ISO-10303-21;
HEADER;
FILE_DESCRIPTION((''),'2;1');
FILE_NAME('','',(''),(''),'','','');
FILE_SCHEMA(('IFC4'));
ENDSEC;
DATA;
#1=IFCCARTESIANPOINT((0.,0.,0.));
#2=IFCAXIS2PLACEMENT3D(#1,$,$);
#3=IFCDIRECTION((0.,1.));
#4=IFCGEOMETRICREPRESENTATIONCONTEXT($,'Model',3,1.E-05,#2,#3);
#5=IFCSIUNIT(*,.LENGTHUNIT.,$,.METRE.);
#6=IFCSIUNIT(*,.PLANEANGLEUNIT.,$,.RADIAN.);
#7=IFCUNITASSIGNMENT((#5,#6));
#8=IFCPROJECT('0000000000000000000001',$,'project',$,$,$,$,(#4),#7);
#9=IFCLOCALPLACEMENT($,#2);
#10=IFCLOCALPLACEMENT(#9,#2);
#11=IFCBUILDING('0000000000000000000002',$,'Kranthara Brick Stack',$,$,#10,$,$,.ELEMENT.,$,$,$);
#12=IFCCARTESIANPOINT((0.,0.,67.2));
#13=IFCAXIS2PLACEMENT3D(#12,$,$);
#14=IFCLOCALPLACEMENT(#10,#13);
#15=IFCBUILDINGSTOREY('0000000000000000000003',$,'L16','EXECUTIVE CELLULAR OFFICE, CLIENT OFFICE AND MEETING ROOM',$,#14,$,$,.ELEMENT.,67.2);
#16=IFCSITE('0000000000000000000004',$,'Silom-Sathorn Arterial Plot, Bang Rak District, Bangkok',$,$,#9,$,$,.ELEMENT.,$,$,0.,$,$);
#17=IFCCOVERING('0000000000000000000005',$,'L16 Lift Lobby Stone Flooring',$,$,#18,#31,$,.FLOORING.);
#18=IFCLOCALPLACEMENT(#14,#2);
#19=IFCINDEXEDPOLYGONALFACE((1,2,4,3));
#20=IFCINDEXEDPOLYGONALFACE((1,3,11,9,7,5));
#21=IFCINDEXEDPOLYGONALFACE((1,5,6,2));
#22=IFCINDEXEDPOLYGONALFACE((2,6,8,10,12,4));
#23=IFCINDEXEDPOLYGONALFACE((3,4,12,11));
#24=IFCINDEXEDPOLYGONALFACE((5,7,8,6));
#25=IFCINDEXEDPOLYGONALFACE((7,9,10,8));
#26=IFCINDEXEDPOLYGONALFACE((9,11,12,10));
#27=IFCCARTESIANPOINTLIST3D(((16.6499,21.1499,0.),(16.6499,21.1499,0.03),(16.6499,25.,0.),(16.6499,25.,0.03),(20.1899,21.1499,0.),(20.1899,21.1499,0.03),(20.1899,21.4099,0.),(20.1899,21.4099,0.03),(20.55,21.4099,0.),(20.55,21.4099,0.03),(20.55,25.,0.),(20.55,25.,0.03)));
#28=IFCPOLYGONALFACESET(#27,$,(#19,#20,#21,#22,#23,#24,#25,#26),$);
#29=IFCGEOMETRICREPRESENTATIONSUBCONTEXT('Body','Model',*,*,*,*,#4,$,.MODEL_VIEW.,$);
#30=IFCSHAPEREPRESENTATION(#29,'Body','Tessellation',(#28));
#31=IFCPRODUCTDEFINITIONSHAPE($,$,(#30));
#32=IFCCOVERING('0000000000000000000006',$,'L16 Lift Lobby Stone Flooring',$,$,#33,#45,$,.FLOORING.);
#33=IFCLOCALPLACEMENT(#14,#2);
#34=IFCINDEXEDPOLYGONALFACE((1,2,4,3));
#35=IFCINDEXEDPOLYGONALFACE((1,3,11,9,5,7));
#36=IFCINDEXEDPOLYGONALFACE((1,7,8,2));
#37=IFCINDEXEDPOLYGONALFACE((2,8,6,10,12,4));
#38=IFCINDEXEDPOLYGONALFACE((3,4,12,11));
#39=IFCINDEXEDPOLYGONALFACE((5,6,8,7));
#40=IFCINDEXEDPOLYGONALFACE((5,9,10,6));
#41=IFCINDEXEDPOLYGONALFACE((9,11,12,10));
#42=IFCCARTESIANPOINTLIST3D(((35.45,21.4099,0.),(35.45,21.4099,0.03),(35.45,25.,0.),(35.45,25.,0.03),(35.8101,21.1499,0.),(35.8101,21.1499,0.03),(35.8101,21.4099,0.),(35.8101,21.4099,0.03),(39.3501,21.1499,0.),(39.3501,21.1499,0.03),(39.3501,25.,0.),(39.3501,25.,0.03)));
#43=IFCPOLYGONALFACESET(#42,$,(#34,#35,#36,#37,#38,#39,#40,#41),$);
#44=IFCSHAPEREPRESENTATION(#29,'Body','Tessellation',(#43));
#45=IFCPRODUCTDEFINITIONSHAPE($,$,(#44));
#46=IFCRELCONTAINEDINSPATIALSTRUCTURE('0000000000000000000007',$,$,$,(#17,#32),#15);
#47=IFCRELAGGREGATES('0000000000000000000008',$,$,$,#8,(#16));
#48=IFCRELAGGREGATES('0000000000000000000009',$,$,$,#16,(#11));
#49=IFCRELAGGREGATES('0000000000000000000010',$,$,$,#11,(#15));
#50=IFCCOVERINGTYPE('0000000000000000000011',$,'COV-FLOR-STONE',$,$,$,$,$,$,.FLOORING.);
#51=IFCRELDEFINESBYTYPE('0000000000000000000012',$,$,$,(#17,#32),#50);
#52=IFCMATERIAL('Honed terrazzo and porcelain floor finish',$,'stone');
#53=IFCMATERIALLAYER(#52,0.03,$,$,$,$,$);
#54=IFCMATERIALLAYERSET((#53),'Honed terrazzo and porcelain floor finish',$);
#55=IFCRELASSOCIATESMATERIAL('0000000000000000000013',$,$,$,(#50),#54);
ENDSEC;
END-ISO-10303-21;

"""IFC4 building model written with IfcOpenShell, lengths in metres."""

from ifc_helpers import new_model, si_unit, direction, frame, origin, place, context, subcontext, project, spatial, polyline, outline, extrude, material, layer, layer_set, type_object, element, save


model = new_model("IFC4")

# Units and contexts
model_context = context("Model", 3, precision=1e-05, world=origin(), true_north=direction((0.0, 1.0)))
body_context = subcontext(model_context, "Body", "Model", "MODEL_VIEW")
ifc_project = project(units=[si_unit("LENGTHUNIT", "METRE"), si_unit("PLANEANGLEUNIT", "RADIAN")], contexts=[model_context])

# Site, building, storey
site_placement = place(None, origin())
site = spatial("IfcSite", under=ifc_project, at=site_placement, Name="Silom-Sathorn Arterial Plot, Bang Rak District, Bangkok", CompositionType="ELEMENT", RefElevation=0.0)
building_placement = place(site_placement, origin())
building = spatial("IfcBuilding", under=site, at=building_placement, Name="Kranthara Brick Stack", CompositionType="ELEMENT")
storey_placement = place(building_placement, frame((0.0, 0.0, 67.2)))
storey = spatial("IfcBuildingStorey", under=building, at=storey_placement, Name="L16", Description="EXECUTIVE CELLULAR OFFICE, CLIENT OFFICE AND MEETING ROOM", CompositionType="ELEMENT", Elevation=67.2)

# Coverings
ifc_material_1 = material(Name="Honed terrazzo and porcelain floor finish", Category="stone")
ifc_layer_1 = layer(ifc_material_1, 0.03)
ifc_layer_set_1 = layer_set([ifc_layer_1], Name="Honed terrazzo and porcelain floor finish")
covering_type_1 = type_object("IfcCoveringType", Name="COV-FLOR-STONE", PredefinedType="FLOORING", material=ifc_layer_set_1)
covering_1_placement = place(storey_placement, origin())
element("IfcCovering", 1, at=covering_1_placement, inside=storey, type_object=covering_type_1, Name="L16 Lift Lobby Stone Flooring", PredefinedType="FLOORING", context=body_context, shape_type="SweptSolid", body=[
    extrude(outline(polyline([(16.6499, 21.1499), (16.6499, 25.0), (20.55, 25.0), (20.55, 21.4099), (20.1899, 21.4099), (20.1899, 21.1499), (16.6499, 21.1499)])), origin(), (0.0, 0.0, 1.0), 0.03),
])
covering_2_placement = place(storey_placement, origin())
element("IfcCovering", 2, at=covering_2_placement, inside=storey, type_object=covering_type_1, Name="L16 Lift Lobby Stone Flooring", PredefinedType="FLOORING", context=body_context, shape_type="SweptSolid", body=[
    extrude(outline(polyline([(35.45, 25.0), (39.3501, 25.0), (39.3501, 21.1499), (35.8101, 21.1499), (35.8101, 21.4099), (35.45, 21.4099), (35.45, 25.0)])), origin(), (0.0, 0.0, 1.0), 0.03),
])

save(model, "model.ifc")
